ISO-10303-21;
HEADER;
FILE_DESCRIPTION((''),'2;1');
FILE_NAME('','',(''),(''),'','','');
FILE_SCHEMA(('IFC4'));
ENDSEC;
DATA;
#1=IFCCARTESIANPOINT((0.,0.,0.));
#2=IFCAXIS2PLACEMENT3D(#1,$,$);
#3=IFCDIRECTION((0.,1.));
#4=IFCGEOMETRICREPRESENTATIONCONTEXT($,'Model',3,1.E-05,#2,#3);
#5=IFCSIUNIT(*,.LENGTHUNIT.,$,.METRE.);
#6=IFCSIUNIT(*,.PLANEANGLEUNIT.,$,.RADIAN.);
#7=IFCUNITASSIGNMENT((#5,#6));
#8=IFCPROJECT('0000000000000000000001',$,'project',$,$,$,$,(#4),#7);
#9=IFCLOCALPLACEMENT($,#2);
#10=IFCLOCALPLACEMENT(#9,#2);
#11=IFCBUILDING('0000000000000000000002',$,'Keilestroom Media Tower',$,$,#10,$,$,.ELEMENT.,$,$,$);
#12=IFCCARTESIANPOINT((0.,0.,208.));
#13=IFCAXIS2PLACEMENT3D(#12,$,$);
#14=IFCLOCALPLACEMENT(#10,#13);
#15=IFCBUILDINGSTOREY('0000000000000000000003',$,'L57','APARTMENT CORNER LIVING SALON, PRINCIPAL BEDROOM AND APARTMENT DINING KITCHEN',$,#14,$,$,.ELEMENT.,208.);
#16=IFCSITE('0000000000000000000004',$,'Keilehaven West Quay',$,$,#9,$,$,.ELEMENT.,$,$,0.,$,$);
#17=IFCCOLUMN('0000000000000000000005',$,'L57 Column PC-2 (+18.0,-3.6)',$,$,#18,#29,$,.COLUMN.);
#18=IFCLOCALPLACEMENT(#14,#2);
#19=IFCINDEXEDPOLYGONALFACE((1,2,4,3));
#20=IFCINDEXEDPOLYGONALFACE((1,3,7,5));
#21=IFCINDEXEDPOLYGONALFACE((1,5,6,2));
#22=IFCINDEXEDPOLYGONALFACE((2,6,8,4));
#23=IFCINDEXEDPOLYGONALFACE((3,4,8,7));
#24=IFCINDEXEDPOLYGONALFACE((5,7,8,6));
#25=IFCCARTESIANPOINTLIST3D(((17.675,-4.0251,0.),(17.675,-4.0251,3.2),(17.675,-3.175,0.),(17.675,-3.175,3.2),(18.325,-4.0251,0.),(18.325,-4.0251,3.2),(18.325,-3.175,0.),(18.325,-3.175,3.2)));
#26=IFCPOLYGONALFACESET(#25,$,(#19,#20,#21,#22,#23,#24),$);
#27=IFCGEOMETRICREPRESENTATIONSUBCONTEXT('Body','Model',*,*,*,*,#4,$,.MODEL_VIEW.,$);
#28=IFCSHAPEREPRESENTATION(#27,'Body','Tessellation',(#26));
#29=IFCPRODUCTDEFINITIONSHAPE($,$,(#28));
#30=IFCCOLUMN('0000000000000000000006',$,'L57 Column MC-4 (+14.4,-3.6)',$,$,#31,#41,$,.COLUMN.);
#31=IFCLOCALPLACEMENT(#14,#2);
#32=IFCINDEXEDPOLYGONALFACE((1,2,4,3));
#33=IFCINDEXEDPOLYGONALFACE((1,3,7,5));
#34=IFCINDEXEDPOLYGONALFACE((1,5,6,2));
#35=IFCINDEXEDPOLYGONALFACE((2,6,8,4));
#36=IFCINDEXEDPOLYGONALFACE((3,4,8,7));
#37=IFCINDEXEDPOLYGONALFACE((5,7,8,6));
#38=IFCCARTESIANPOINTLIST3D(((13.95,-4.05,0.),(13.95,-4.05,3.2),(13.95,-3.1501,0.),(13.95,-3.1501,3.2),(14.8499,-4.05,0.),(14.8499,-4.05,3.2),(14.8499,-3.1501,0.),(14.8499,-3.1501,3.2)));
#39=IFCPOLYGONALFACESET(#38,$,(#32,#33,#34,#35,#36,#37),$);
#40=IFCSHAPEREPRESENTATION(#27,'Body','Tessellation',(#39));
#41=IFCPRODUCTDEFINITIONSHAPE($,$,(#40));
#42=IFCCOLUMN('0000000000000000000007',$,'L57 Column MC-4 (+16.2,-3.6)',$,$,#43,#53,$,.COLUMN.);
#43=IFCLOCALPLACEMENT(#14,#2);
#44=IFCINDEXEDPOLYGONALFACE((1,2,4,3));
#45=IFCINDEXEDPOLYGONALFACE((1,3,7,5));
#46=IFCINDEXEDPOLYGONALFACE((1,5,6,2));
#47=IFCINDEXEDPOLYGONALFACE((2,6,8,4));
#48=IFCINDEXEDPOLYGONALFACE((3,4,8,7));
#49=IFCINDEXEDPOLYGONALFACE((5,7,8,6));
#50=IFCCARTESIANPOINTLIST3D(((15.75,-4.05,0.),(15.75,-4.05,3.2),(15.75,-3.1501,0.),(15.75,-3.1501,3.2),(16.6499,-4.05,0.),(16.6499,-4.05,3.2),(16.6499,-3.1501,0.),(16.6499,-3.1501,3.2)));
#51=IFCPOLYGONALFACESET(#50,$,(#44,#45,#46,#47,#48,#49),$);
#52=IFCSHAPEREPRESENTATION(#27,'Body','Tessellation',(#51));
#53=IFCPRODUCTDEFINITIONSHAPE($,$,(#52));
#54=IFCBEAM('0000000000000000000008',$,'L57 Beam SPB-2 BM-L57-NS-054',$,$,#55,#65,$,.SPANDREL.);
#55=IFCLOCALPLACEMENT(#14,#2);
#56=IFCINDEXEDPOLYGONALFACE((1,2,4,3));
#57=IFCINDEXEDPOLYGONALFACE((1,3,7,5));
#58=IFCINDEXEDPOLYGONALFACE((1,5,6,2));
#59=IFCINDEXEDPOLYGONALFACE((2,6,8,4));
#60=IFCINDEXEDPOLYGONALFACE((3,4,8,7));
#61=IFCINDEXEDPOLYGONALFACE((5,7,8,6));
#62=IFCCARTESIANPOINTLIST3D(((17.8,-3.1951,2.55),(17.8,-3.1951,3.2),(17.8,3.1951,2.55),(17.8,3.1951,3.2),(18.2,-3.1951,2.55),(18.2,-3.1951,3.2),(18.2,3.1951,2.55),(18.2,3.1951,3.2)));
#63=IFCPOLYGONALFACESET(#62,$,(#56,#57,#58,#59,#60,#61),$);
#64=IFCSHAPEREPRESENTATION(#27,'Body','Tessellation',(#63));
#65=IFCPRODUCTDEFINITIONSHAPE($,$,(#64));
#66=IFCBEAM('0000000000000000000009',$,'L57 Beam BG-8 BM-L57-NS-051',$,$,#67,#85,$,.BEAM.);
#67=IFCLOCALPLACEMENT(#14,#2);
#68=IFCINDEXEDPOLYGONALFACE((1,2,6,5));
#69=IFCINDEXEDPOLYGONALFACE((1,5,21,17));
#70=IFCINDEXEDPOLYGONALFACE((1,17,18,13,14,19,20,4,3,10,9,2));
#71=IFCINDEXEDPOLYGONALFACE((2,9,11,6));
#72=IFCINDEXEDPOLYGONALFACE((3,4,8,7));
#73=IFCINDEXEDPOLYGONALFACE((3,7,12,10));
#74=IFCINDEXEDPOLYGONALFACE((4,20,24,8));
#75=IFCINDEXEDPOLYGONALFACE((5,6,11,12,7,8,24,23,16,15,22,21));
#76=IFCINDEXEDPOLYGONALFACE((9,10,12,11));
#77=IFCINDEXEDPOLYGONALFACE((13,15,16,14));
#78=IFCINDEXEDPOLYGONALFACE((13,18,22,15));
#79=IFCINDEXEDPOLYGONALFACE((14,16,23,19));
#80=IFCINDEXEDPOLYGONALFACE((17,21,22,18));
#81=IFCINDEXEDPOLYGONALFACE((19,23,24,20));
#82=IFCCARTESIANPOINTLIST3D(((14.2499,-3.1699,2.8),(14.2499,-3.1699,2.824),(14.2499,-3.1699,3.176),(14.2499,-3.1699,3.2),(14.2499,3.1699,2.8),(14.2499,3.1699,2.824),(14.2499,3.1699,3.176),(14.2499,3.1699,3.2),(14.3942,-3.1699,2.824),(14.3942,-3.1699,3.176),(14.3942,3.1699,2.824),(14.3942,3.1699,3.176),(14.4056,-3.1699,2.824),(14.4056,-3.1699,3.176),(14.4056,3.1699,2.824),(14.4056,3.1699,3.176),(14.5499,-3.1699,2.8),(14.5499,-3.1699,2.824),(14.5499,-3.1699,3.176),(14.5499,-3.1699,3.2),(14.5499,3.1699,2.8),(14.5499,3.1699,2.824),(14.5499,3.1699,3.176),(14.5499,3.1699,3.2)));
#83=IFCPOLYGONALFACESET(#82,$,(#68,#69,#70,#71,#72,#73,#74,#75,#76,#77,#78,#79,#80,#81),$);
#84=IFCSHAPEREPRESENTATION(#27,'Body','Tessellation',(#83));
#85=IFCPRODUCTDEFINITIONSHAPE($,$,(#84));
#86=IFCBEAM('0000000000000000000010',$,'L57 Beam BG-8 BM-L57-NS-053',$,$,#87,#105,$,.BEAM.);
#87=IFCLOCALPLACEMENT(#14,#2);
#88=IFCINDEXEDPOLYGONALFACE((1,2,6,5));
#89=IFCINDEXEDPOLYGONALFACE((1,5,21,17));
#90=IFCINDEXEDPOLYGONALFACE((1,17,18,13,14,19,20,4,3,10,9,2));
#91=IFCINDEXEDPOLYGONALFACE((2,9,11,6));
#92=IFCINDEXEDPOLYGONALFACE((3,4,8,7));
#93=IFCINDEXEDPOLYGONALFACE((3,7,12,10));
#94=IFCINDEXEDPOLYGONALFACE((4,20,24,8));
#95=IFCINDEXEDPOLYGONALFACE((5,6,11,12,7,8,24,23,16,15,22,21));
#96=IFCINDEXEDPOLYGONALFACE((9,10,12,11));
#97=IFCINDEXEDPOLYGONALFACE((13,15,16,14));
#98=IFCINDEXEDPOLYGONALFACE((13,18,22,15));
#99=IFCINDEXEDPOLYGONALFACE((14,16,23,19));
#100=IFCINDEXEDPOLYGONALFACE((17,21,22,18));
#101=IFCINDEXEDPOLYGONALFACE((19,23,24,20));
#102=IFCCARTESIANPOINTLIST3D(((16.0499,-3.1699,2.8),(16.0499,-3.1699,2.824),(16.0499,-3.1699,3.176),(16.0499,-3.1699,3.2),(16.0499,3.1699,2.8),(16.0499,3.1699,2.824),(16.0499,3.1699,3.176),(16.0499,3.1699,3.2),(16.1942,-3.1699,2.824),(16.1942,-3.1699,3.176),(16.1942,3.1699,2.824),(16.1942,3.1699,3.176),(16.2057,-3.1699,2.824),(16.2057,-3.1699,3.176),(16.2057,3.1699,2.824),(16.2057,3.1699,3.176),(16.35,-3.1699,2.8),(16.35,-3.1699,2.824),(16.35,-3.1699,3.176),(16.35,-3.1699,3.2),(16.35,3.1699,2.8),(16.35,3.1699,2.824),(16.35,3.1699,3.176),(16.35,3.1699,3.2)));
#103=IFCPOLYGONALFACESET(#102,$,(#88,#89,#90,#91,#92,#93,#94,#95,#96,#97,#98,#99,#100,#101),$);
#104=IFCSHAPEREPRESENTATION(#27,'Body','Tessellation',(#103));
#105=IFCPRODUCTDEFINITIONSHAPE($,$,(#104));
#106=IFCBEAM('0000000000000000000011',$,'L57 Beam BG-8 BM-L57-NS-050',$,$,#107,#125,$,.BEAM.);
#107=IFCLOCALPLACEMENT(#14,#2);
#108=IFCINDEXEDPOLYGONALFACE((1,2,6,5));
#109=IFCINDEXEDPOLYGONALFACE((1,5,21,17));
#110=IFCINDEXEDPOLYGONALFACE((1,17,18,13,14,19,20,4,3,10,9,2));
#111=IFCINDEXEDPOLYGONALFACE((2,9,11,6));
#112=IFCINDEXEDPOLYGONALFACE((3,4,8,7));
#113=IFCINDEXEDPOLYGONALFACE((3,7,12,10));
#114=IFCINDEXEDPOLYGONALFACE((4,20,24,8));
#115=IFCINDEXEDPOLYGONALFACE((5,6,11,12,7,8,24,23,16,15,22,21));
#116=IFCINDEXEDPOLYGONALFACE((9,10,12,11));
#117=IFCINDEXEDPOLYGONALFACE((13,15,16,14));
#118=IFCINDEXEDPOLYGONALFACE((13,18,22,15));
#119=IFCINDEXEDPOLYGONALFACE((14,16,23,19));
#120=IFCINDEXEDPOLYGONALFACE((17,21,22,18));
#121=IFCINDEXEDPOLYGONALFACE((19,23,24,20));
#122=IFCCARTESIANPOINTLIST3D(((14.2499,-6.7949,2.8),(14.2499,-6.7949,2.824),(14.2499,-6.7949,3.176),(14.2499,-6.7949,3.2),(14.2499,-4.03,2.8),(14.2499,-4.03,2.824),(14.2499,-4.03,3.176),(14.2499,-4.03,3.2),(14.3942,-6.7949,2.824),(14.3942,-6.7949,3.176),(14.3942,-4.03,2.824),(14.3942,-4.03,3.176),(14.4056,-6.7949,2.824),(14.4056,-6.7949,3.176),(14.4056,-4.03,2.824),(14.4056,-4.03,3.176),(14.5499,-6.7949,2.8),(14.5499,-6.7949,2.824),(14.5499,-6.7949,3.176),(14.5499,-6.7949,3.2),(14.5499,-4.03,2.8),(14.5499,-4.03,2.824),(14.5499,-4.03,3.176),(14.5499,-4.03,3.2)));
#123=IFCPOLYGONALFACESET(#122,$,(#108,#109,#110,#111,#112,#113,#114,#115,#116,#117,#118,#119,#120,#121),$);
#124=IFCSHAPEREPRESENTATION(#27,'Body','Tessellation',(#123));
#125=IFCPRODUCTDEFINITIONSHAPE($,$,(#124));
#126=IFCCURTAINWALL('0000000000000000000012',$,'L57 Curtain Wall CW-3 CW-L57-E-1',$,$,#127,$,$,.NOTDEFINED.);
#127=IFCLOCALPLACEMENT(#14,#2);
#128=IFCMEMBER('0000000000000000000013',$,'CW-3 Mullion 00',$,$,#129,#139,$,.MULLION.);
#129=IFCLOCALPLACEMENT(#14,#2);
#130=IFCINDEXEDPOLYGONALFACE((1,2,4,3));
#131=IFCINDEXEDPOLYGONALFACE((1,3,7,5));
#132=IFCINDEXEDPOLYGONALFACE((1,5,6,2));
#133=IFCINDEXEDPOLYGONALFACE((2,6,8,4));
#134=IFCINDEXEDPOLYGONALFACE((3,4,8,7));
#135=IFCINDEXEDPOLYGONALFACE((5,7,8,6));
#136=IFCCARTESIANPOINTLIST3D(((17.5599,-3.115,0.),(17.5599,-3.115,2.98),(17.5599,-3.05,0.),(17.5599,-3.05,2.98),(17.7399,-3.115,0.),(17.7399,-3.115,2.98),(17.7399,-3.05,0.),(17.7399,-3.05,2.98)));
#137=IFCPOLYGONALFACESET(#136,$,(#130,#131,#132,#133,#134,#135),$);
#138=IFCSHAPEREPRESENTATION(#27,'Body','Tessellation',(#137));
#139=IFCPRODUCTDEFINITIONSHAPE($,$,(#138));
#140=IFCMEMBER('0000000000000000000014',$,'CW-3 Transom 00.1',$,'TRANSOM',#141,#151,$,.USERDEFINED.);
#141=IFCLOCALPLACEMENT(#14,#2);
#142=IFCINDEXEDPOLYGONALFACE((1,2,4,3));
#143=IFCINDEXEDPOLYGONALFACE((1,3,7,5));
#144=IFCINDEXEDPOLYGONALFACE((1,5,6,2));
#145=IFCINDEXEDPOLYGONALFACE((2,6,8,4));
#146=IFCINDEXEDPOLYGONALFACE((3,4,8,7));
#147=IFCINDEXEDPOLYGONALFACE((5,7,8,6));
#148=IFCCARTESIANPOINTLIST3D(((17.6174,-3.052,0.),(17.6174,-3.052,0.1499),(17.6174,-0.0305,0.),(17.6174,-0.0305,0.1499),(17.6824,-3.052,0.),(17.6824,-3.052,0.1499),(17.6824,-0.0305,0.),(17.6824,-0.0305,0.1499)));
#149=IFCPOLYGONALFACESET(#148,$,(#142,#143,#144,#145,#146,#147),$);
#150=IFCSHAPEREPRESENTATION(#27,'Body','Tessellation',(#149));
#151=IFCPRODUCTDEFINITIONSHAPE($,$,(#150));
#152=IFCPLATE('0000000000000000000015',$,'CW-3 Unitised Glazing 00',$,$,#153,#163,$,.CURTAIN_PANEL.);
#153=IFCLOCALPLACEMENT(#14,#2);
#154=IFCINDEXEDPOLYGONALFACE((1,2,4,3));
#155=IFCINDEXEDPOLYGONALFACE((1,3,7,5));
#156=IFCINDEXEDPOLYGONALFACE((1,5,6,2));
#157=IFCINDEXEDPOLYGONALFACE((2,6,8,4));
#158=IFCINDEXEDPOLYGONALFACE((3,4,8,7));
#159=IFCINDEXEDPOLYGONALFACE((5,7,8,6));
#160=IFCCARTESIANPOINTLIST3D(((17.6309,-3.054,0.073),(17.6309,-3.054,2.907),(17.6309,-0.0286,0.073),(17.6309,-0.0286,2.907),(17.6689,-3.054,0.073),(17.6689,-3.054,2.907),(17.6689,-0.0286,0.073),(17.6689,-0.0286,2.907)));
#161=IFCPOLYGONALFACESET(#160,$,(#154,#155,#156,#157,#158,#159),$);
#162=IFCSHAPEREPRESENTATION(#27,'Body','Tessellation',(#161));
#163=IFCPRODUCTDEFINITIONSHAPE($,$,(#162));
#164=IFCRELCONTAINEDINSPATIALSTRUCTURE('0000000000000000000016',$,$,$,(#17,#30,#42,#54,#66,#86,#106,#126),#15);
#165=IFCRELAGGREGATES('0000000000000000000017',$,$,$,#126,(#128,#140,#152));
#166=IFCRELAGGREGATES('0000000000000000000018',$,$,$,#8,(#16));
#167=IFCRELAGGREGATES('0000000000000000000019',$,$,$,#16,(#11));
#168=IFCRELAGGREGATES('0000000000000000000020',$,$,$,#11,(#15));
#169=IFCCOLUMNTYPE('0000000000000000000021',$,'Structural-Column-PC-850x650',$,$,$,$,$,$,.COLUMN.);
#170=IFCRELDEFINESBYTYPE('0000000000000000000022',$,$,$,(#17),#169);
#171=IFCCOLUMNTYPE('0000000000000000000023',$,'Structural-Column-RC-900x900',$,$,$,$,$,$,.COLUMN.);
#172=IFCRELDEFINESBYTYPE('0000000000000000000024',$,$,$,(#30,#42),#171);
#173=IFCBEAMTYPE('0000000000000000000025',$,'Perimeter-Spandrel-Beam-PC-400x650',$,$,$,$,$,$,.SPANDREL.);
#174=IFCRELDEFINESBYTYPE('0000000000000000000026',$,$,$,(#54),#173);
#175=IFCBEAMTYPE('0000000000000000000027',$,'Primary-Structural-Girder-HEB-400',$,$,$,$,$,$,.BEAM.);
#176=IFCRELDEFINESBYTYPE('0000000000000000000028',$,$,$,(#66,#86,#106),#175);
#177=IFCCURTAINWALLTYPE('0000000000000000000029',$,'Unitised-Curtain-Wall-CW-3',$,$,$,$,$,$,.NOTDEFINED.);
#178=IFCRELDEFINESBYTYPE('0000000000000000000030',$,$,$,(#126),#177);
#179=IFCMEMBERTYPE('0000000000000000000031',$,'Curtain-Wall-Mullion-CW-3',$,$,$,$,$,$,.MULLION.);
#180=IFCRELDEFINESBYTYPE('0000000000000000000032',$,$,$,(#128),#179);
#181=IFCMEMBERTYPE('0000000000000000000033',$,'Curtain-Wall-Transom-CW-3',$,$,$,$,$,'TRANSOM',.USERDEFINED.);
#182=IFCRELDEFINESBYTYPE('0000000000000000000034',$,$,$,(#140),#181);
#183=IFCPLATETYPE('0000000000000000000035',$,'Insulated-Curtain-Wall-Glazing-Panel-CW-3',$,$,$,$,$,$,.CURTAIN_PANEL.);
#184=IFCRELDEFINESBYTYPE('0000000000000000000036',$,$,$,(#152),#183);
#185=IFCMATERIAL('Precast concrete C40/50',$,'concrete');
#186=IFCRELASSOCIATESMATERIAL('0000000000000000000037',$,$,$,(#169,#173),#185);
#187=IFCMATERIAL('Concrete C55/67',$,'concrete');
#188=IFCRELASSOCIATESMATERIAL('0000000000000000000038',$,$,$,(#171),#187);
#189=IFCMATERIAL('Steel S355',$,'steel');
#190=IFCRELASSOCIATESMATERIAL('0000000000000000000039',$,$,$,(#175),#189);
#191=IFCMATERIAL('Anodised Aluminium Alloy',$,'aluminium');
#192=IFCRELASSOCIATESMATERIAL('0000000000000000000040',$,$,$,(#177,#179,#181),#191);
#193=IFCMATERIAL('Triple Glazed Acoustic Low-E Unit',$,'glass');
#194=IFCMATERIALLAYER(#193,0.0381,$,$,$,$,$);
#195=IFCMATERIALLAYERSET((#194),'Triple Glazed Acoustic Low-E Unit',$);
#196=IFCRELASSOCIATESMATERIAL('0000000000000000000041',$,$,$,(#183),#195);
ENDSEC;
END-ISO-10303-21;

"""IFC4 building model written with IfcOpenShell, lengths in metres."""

from ifc_helpers import new_model, si_unit, direction, frame, origin, origin_2d, place, context, subcontext, project, spatial, rectangle, i_section, extrude, source, transform, mapped, material, layer, layer_set, material_profile, profile_set, type_object, element, aggregate, save


model = new_model("IFC4")

# Units and contexts
model_context = context("Model", 3, precision=1e-05, world=origin(), true_north=direction((0.0, 1.0)))
body_context = subcontext(model_context, "Body", "Model", "MODEL_VIEW")
ifc_project = project(units=[si_unit("LENGTHUNIT", "METRE"), si_unit("PLANEANGLEUNIT", "RADIAN")], contexts=[model_context])

# Site, building, storey
site_placement = place(None, origin())
site = spatial("IfcSite", under=ifc_project, at=site_placement, Name="Keilehaven West Quay", CompositionType="ELEMENT", RefElevation=0.0)
building_placement = place(site_placement, origin())
building = spatial("IfcBuilding", under=site, at=building_placement, Name="Keilestroom Media Tower", CompositionType="ELEMENT")
storey_placement = place(building_placement, frame((0.0, 0.0, 208.0)))
storey = spatial("IfcBuildingStorey", under=building, at=storey_placement, Name="L57", Description="APARTMENT CORNER LIVING SALON, PRINCIPAL BEDROOM AND APARTMENT DINING KITCHEN", CompositionType="ELEMENT", Elevation=208.0)

# Columns
ifc_material_1 = material(Name="Precast concrete C40/50", Category="concrete")
ifc_material_profile_1 = material_profile(ifc_material_1, rectangle(XDim=0.6499, YDim=0.8501, at=origin_2d()), Name="PC 850x650")
ifc_profile_set_1 = profile_set([ifc_material_profile_1], Name="Precast concrete C40/50")
column_type_1 = type_object("IfcColumnType", Name="Structural-Column-PC-850x650", PredefinedType="COLUMN", material=ifc_profile_set_1)
shared_shape_1 = source(origin(), body_context, "Body", "SweptSolid", [
    extrude(rectangle(XDim=0.6499, YDim=0.8501, at=origin_2d()), origin(), (0.0, 0.0, 1.0), 3.2),
])
column_placement = place(storey_placement, frame((18.0, -3.6001, 0.0), z_axis=(0.0, 0.0, 1.0), x_axis=(1.0, 0.0, 0.0)))
element("IfcColumn", 1, at=column_placement, inside=storey, type_object=column_type_1, Name="L57 Column PC-2 (+18.0,-3.6)", PredefinedType="COLUMN", context=body_context, shape_type="MappedRepresentation", body=[
    mapped(shared_shape_1, transform((0.0, 0.0, 0.0), x_axis=(1.0, 0.0, 0.0), y_axis=(0.0, 1.0, 0.0), z_axis=(0.0, 0.0, 1.0), scale=1.0)),
])
ifc_material_2 = material(Name="Concrete C55/67", Category="concrete")
ifc_material_profile_2 = material_profile(ifc_material_2, rectangle(XDim=0.8999, YDim=0.8999, at=origin_2d()), Name="RC 900x900")
ifc_profile_set_2 = profile_set([ifc_material_profile_2], Name="Concrete C55/67")
column_type_2 = type_object("IfcColumnType", Name="Structural-Column-RC-900x900", PredefinedType="COLUMN", material=ifc_profile_set_2)
shared_shape_2 = source(origin(), body_context, "Body", "SweptSolid", [
    extrude(rectangle(XDim=0.8999, YDim=0.8999, at=origin_2d()), origin(), (0.0, 0.0, 1.0), 3.2),
])
for number, where, z_axis, x_axis, name in (
    (2, (14.3999, -3.6001, 0.0), (0.0, 0.0, 1.0), (1.0, 0.0, 0.0), "L57 Column MC-4 (+14.4,-3.6)"),
    (3, (16.2, -3.6001, 0.0), (0.0, 0.0, 1.0), (1.0, 0.0, 0.0), "L57 Column MC-4 (+16.2,-3.6)"),
):
    element("IfcColumn", number, at=place(storey_placement, frame(where, z_axis=z_axis, x_axis=x_axis)), inside=storey, type_object=column_type_2, Name=name, PredefinedType="COLUMN", context=body_context, shape_type="MappedRepresentation", body=[
        mapped(shared_shape_2, transform((0.0, 0.0, 0.0), x_axis=(1.0, 0.0, 0.0), y_axis=(0.0, 1.0, 0.0), z_axis=(0.0, 0.0, 1.0), scale=1.0)),
    ])

# Beams
ifc_material_profile_3 = material_profile(ifc_material_1, rectangle(XDim=0.3999, YDim=0.6499, at=origin_2d()), Name="PC 400x650")
ifc_profile_set_3 = profile_set([ifc_material_profile_3], Name="Precast concrete C40/50")
beam_type_1 = type_object("IfcBeamType", Name="Perimeter-Spandrel-Beam-PC-400x650", PredefinedType="SPANDREL", material=ifc_profile_set_3)
shared_shape_3 = source(origin(), body_context, "Body", "SweptSolid", [
    extrude(rectangle(XDim=0.3999, YDim=0.6499, at=origin_2d()), origin(), (0.0, 0.0, 1.0), 6.3901),
])
beam_1_placement = place(storey_placement, frame((18.0, -3.1951, 2.875), z_axis=(0.0, 1.0, 0.0), x_axis=(-1.0, 0.0, 0.0)))
element("IfcBeam", 4, at=beam_1_placement, inside=storey, type_object=beam_type_1, Name="L57 Beam SPB-2 BM-L57-NS-054", PredefinedType="SPANDREL", context=body_context, shape_type="MappedRepresentation", body=[
    mapped(shared_shape_3, transform((0.0, 0.0, 0.0), x_axis=(1.0, 0.0, 0.0), y_axis=(0.0, 1.0, 0.0), z_axis=(0.0, 0.0, 1.0), scale=1.0)),
])
ifc_material_3 = material(Name="Steel S355", Category="steel")
ifc_material_profile_4 = material_profile(ifc_material_3, i_section(OverallWidth=0.3, OverallDepth=0.3999, WebThickness=0.0115, FlangeThickness=0.0239, at=origin_2d()), Name="HEB 400")
ifc_profile_set_4 = profile_set([ifc_material_profile_4], Name="Steel S355")
beam_type_2 = type_object("IfcBeamType", Name="Primary-Structural-Girder-HEB-400", PredefinedType="BEAM", material=ifc_profile_set_4)
shared_shape_4 = source(origin(), body_context, "Body", "SweptSolid", [
    extrude(i_section(OverallWidth=0.3, OverallDepth=0.3999, WebThickness=0.0115, FlangeThickness=0.0239, at=origin_2d()), origin(), (0.0, 0.0, 1.0), 6.3398),
])
for number, where, z_axis, x_axis, name in (
    (5, (14.3999, -3.1699, 3.0), (0.0, 1.0, 0.0), (-1.0, 0.0, 0.0), "L57 Beam BG-8 BM-L57-NS-051"),
    (6, (16.2, -3.1699, 3.0), (0.0, 1.0, 0.0), (-1.0, 0.0, 0.0), "L57 Beam BG-8 BM-L57-NS-053"),
):
    element("IfcBeam", number, at=place(storey_placement, frame(where, z_axis=z_axis, x_axis=x_axis)), inside=storey, type_object=beam_type_2, Name=name, PredefinedType="BEAM", context=body_context, shape_type="MappedRepresentation", body=[
        mapped(shared_shape_4, transform((0.0, 0.0, 0.0), x_axis=(1.0, 0.0, 0.0), y_axis=(0.0, 1.0, 0.0), z_axis=(0.0, 0.0, 1.0), scale=1.0)),
    ])
shared_shape_5 = source(origin(), body_context, "Body", "SweptSolid", [
    extrude(i_section(OverallWidth=0.3, OverallDepth=0.3999, WebThickness=0.0115, FlangeThickness=0.0239, at=origin_2d()), origin(), (0.0, 0.0, 1.0), 2.7649),
])
beam_2_placement = place(storey_placement, frame((14.3999, -6.7949, 3.0), z_axis=(0.0, 1.0, 0.0), x_axis=(-1.0, 0.0, 0.0)))
element("IfcBeam", 7, at=beam_2_placement, inside=storey, type_object=beam_type_2, Name="L57 Beam BG-8 BM-L57-NS-050", PredefinedType="BEAM", context=body_context, shape_type="MappedRepresentation", body=[
    mapped(shared_shape_5, transform((0.0, 0.0, 0.0), x_axis=(1.0, 0.0, 0.0), y_axis=(0.0, 1.0, 0.0), z_axis=(0.0, 0.0, 1.0), scale=1.0)),
])

# Curtain wall, members, plate
ifc_material_4 = material(Name="Anodised Aluminium Alloy", Category="aluminium")
curtain_wall_type = type_object("IfcCurtainWallType", Name="Unitised-Curtain-Wall-CW-3", PredefinedType="NOTDEFINED", material=ifc_material_4)
curtain_wall_placement = place(storey_placement, origin())
curtain_wall = element("IfcCurtainWall", 8, at=curtain_wall_placement, inside=storey, type_object=curtain_wall_type, Name="L57 Curtain Wall CW-3 CW-L57-E-1", PredefinedType="NOTDEFINED")
ifc_material_profile_5 = material_profile(ifc_material_4, rectangle(XDim=0.0649, YDim=0.1799, at=origin_2d()), Name="ALU MULLION 65x180")
ifc_profile_set_5 = profile_set([ifc_material_profile_5], Name="Anodised Aluminium Alloy")
member_type_1 = type_object("IfcMemberType", Name="Curtain-Wall-Mullion-CW-3", PredefinedType="MULLION", material=ifc_profile_set_5)
shared_shape_6 = source(origin(), body_context, "Body", "SweptSolid", [
    extrude(rectangle(XDim=0.0649, YDim=0.1799, at=origin_2d()), origin(), (0.0, 0.0, 1.0), 2.98),
])
member_1_placement = place(storey_placement, frame((17.6499, -3.0825, 0.0), z_axis=(0.0, 0.0, 1.0), x_axis=(0.0, 1.0, 0.0)))
member_1 = element("IfcMember", 9, at=member_1_placement, type_object=member_type_1, Name="CW-3 Mullion 00", PredefinedType="MULLION", context=body_context, shape_type="MappedRepresentation", body=[
    mapped(shared_shape_6, transform((0.0, 0.0, 0.0), x_axis=(1.0, 0.0, 0.0), y_axis=(0.0, 1.0, 0.0), z_axis=(0.0, 0.0, 1.0), scale=1.0)),
])
ifc_material_profile_6 = material_profile(ifc_material_4, rectangle(XDim=0.0649, YDim=0.1499, at=origin_2d()), Name="ALU TRANSOM 65x150")
ifc_profile_set_6 = profile_set([ifc_material_profile_6], Name="Anodised Aluminium Alloy")
member_type_2 = type_object("IfcMemberType", Name="Curtain-Wall-Transom-CW-3", ElementType="TRANSOM", PredefinedType="USERDEFINED", material=ifc_profile_set_6)
shared_shape_7 = source(origin(), body_context, "Body", "SweptSolid", [
    extrude(rectangle(XDim=0.0649, YDim=0.1499, at=origin_2d()), origin(), (0.0, 0.0, 1.0), 3.0215),
])
member_2_placement = place(storey_placement, frame((17.6499, -3.052, 0.075), z_axis=(0.0, 1.0, 0.0), x_axis=(-1.0, 0.0, 0.0)))
member_2 = element("IfcMember", 10, at=member_2_placement, type_object=member_type_2, Name="CW-3 Transom 00.1", ObjectType="TRANSOM", PredefinedType="USERDEFINED", context=body_context, shape_type="MappedRepresentation", body=[
    mapped(shared_shape_7, transform((0.0, 0.0, 0.0), x_axis=(1.0, 0.0, 0.0), y_axis=(0.0, 1.0, 0.0), z_axis=(0.0, 0.0, 1.0), scale=1.0)),
])
ifc_material_5 = material(Name="Triple Glazed Acoustic Low-E Unit", Category="glass")
ifc_layer_1 = layer(ifc_material_5, 0.0381)
ifc_layer_set_1 = layer_set([ifc_layer_1], Name="Triple Glazed Acoustic Low-E Unit")
plate_type = type_object("IfcPlateType", Name="Insulated-Curtain-Wall-Glazing-Panel-CW-3", PredefinedType="CURTAIN_PANEL", material=ifc_layer_set_1)
shared_shape_8 = source(origin(), body_context, "Body", "SweptSolid", [
    extrude(rectangle(XDim=3.0254, YDim=0.0381, at=origin_2d()), origin(), (0.0, 0.0, 1.0), 2.834),
])
plate_placement = place(storey_placement, frame((17.6499, -1.5413, 0.073), z_axis=(0.0, 0.0, 1.0), x_axis=(0.0, 1.0, 0.0)))
plate = element("IfcPlate", 11, at=plate_placement, type_object=plate_type, Name="CW-3 Unitised Glazing 00", PredefinedType="CURTAIN_PANEL", context=body_context, shape_type="MappedRepresentation", body=[
    mapped(shared_shape_8, transform((0.0, 0.0, 0.0), x_axis=(1.0, 0.0, 0.0), y_axis=(0.0, 1.0, 0.0), z_axis=(0.0, 0.0, 1.0), scale=1.0)),
])
aggregate(curtain_wall, [member_1, member_2, plate])

save(model, "model.ifc")
